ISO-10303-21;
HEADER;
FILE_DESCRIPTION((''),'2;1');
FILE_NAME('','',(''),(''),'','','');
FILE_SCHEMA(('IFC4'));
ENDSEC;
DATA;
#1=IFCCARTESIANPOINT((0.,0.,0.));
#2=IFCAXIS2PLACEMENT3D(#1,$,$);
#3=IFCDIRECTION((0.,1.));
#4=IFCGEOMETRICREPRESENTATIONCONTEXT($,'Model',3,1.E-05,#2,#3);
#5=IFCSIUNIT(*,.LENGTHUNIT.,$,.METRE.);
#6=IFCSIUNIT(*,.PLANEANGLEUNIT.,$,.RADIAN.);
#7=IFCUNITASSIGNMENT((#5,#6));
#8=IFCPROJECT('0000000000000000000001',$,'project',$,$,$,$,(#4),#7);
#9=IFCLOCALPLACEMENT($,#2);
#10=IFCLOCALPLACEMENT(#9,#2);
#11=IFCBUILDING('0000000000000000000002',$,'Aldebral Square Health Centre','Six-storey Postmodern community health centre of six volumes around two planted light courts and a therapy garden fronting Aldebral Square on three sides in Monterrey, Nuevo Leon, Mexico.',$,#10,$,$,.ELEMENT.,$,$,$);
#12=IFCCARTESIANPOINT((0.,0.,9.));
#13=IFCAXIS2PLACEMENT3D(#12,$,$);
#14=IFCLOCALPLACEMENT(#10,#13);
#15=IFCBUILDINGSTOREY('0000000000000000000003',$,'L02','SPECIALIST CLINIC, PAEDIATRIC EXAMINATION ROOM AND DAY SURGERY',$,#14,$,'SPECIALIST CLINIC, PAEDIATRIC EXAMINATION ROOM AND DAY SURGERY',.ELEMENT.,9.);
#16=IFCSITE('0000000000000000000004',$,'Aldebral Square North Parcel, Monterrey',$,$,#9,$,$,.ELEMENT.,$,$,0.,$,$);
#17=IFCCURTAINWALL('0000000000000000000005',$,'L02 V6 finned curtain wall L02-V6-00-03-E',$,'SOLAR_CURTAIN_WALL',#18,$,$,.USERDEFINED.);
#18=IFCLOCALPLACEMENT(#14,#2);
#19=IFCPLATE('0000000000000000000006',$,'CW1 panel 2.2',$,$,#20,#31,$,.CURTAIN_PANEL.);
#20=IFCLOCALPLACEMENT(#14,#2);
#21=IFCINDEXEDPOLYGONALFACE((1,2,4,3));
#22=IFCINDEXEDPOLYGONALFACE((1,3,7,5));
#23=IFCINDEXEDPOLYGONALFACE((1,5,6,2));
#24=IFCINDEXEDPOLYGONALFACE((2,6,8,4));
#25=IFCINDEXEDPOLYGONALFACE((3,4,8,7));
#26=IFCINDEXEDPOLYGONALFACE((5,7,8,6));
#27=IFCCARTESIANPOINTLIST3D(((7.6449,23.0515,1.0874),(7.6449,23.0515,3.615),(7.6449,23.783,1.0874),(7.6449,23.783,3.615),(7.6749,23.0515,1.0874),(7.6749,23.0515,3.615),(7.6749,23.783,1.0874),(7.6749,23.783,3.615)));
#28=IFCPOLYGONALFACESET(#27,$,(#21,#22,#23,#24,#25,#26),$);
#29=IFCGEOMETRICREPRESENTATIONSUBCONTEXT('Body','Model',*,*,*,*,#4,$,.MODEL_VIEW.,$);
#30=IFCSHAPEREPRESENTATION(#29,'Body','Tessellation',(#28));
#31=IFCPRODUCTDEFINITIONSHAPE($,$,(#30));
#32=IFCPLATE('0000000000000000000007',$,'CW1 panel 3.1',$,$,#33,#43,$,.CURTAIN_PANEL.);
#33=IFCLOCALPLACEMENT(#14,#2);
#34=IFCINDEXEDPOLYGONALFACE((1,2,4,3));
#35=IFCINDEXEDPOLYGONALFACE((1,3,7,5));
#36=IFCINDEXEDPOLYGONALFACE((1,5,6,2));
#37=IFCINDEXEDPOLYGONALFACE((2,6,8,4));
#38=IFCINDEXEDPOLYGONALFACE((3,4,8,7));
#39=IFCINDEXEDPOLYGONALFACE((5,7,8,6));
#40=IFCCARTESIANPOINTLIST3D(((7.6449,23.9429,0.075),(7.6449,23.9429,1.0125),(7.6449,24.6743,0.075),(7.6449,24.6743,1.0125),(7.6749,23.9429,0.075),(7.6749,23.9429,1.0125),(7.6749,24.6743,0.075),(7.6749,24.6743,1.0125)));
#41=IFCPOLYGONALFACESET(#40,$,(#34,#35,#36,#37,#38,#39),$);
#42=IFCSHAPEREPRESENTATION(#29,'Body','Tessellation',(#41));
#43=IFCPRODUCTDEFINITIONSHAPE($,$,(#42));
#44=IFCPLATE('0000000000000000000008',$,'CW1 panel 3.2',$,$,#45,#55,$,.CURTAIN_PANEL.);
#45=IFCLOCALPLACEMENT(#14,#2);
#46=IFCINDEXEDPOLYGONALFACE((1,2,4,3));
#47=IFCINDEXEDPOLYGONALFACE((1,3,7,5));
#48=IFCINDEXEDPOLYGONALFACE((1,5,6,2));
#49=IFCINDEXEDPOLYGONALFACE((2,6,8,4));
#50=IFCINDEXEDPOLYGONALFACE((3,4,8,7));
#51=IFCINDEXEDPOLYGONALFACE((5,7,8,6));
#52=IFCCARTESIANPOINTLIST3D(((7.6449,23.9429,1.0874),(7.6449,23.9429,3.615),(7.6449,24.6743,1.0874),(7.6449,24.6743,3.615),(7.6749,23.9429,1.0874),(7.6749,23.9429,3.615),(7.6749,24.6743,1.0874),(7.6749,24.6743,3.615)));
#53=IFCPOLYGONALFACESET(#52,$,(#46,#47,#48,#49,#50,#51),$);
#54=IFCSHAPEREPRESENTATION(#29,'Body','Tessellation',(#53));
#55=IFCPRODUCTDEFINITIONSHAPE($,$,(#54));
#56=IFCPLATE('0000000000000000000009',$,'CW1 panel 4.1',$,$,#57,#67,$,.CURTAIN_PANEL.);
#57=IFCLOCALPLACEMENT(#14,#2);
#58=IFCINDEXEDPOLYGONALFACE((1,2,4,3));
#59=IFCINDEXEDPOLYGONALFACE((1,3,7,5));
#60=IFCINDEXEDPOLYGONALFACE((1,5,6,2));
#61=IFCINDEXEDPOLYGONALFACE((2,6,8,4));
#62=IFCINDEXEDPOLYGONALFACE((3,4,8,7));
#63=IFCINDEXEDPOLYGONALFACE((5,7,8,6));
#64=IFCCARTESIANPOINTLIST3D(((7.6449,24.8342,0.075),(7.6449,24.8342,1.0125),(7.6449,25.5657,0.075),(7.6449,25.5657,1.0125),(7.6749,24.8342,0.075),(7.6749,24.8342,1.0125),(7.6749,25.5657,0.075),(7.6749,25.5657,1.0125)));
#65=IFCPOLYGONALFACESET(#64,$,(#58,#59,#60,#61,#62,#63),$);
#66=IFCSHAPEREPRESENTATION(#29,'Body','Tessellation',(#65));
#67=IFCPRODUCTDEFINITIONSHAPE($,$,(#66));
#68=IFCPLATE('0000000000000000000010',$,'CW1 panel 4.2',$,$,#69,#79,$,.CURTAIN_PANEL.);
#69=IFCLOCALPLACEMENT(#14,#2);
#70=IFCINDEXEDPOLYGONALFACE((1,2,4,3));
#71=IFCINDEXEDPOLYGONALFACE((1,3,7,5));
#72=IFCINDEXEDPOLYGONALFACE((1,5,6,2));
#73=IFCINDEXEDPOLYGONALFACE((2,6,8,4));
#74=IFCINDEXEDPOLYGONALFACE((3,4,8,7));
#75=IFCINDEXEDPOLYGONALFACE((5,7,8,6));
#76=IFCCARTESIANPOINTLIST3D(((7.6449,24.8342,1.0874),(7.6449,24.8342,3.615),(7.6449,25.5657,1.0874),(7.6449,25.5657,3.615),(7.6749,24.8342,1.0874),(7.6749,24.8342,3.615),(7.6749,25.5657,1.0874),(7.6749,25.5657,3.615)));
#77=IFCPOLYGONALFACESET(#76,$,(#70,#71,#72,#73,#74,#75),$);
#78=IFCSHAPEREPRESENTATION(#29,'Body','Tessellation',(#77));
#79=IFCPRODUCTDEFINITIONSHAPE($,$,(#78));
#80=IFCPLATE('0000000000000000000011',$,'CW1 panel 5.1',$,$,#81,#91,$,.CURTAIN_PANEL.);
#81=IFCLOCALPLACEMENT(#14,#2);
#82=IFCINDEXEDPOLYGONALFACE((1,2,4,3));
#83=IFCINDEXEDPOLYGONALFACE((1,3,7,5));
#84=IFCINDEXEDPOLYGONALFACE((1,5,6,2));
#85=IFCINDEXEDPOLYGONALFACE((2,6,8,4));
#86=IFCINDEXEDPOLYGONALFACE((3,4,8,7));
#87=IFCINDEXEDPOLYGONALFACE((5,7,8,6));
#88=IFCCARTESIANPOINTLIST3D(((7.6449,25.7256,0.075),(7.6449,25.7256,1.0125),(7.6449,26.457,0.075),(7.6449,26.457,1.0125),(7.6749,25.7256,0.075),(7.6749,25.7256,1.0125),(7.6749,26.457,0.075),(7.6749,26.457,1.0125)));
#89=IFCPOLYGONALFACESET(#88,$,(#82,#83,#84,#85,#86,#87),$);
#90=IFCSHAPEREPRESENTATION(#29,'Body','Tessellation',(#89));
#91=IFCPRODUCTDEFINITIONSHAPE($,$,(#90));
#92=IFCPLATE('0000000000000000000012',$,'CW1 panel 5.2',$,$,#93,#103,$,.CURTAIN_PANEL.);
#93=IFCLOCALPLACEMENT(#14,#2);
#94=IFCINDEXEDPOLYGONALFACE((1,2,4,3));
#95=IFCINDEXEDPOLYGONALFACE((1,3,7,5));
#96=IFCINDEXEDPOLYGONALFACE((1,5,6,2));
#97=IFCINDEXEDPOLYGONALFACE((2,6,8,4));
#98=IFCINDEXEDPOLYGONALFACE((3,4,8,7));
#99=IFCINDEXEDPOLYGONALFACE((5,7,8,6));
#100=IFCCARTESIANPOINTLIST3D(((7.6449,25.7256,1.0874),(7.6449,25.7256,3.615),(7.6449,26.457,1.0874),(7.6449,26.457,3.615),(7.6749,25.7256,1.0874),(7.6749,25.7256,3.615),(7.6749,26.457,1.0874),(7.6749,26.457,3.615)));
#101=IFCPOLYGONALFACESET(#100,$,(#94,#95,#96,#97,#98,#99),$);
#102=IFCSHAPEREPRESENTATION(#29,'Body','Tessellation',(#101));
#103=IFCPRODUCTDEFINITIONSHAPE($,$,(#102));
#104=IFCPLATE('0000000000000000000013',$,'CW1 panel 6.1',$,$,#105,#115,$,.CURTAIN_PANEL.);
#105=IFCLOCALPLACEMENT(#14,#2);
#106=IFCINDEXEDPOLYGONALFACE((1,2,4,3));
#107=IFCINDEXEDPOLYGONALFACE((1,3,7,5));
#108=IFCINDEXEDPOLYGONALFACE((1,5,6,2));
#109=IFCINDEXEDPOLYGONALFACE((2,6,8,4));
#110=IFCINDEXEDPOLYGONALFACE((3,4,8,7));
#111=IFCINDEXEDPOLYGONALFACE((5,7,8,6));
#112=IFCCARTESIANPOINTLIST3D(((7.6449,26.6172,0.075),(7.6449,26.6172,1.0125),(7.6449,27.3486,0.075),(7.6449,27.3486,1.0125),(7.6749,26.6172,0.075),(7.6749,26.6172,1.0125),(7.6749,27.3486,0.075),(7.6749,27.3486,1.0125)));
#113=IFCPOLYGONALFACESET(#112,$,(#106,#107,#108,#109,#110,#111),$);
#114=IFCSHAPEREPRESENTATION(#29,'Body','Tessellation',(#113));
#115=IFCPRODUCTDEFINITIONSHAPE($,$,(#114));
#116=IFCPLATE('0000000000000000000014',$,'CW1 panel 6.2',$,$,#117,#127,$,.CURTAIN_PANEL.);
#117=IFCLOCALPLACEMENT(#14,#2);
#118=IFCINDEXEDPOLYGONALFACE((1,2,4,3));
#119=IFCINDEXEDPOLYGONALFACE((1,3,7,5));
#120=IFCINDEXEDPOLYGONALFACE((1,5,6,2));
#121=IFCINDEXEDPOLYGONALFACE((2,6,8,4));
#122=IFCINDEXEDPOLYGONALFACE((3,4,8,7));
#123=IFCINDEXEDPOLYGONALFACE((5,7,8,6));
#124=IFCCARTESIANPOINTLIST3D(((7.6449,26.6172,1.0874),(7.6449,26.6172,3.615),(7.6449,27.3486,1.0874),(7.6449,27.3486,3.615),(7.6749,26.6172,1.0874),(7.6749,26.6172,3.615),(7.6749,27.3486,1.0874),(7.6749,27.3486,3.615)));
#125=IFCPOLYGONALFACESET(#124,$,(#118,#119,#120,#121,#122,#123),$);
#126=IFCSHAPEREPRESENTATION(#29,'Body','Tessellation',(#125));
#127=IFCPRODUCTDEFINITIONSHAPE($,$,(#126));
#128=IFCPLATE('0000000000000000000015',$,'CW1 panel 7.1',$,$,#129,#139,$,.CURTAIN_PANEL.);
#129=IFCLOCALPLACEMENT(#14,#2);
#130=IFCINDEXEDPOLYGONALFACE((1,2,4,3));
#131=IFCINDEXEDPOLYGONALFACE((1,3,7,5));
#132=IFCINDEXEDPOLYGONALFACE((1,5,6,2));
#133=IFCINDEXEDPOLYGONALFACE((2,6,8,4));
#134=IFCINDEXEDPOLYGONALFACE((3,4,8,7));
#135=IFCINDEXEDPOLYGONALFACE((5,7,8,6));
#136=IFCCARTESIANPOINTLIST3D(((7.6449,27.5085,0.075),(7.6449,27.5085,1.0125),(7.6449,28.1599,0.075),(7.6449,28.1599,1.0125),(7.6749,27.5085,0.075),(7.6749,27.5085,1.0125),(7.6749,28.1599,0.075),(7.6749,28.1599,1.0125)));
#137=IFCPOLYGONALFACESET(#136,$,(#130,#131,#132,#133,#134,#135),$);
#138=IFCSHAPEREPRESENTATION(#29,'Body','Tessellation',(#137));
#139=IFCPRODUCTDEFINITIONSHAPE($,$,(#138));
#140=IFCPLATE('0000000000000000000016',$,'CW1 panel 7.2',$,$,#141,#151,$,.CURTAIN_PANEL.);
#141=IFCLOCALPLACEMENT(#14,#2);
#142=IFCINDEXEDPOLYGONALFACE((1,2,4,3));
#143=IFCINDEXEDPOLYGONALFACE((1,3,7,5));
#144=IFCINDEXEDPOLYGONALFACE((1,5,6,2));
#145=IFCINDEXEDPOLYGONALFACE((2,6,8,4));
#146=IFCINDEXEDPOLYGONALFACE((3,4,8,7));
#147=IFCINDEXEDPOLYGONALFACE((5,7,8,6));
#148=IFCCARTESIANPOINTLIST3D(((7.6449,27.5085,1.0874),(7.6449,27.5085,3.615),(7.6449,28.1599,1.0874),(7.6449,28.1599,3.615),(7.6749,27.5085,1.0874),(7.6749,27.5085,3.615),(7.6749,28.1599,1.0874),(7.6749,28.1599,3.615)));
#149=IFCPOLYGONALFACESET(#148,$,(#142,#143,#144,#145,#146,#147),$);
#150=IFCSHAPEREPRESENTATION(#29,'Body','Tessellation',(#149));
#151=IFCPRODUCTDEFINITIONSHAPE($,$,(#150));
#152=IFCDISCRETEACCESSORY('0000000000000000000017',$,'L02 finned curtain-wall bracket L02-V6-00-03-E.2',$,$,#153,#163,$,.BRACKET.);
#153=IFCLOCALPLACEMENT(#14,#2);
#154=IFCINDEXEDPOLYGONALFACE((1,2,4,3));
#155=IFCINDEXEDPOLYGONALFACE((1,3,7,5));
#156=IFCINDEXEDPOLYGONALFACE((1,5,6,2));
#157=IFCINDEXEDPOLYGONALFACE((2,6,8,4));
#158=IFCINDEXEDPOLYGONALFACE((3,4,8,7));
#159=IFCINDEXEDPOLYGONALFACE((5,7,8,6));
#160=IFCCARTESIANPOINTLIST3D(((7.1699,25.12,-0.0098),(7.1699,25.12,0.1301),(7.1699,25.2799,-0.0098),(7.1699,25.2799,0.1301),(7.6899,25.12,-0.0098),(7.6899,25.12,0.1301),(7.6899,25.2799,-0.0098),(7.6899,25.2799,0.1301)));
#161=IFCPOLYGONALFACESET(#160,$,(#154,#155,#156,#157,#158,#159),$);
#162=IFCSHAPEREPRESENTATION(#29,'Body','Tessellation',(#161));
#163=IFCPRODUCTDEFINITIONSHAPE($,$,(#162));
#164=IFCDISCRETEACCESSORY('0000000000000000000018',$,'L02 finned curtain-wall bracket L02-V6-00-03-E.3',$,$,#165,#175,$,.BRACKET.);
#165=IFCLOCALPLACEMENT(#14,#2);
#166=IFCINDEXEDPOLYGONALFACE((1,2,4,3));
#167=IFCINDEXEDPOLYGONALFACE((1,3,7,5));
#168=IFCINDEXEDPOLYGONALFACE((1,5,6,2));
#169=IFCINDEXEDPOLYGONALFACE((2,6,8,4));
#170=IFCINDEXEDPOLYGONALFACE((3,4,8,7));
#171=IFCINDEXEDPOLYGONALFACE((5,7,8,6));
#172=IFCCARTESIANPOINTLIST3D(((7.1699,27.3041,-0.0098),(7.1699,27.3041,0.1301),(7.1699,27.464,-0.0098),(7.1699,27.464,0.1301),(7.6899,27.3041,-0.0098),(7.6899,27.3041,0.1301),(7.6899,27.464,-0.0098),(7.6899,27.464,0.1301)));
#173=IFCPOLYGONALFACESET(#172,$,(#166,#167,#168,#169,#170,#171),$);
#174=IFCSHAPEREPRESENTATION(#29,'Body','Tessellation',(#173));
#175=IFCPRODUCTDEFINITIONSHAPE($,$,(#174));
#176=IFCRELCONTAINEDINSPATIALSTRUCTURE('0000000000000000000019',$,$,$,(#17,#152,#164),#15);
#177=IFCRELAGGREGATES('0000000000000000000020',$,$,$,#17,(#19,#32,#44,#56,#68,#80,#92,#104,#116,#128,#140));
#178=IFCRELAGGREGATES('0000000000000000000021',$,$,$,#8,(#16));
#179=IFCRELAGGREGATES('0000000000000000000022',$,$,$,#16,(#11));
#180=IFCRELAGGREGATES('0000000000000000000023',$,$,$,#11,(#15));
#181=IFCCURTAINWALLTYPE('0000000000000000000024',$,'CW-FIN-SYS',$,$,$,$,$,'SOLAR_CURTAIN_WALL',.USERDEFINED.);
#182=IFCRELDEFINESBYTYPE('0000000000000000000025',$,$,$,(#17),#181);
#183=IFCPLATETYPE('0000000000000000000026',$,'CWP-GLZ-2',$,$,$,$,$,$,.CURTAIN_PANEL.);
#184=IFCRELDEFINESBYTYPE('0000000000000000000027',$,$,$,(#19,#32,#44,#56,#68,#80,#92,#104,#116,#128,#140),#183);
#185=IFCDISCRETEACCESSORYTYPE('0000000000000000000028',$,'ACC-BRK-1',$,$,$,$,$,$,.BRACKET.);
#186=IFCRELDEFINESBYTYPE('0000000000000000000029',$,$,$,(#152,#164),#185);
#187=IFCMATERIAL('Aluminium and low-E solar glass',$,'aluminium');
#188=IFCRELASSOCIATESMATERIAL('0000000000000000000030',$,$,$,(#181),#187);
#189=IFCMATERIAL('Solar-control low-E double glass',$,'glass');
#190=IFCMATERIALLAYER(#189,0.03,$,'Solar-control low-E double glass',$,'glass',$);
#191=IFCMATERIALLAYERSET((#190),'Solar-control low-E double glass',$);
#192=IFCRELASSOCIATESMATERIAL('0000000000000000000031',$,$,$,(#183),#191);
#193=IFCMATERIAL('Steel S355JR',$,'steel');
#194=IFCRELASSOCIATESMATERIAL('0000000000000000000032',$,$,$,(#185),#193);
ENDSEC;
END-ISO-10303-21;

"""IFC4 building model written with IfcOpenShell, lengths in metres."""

from ifc_helpers import new_model, si_unit, direction, frame, origin, origin_2d, place, context, subcontext, project, spatial, rectangle, extrude, material, layer, layer_set, type_object, element, aggregate, save


model = new_model("IFC4")

# Units and contexts
model_context = context("Model", 3, precision=1e-05, world=origin(), true_north=direction((0.0, 1.0)))
body_context = subcontext(model_context, "Body", "Model", "MODEL_VIEW")
ifc_project = project(units=[si_unit("LENGTHUNIT", "METRE"), si_unit("PLANEANGLEUNIT", "RADIAN")], contexts=[model_context])

# Site, building, storey
site_placement = place(None, origin())
site = spatial("IfcSite", under=ifc_project, at=site_placement, Name="Aldebral Square North Parcel, Monterrey", CompositionType="ELEMENT", RefElevation=0.0)
building_placement = place(site_placement, origin())
building = spatial("IfcBuilding", under=site, at=building_placement, Name="Aldebral Square Health Centre", Description="Six-storey Postmodern community health centre of six volumes around two planted light courts and a therapy garden fronting Aldebral Square on three sides in Monterrey, Nuevo Leon, Mexico.", CompositionType="ELEMENT")
storey_placement = place(building_placement, frame((0.0, 0.0, 9.0)))
storey = spatial("IfcBuildingStorey", under=building, at=storey_placement, Name="L02", Description="SPECIALIST CLINIC, PAEDIATRIC EXAMINATION ROOM AND DAY SURGERY", LongName="SPECIALIST CLINIC, PAEDIATRIC EXAMINATION ROOM AND DAY SURGERY", CompositionType="ELEMENT", Elevation=9.0)

# Curtain wall, plates
ifc_material_1 = material(Name="Aluminium and low-E solar glass", Category="aluminium")
curtain_wall_type = type_object("IfcCurtainWallType", Name="CW-FIN-SYS", ElementType="SOLAR_CURTAIN_WALL", PredefinedType="USERDEFINED", material=ifc_material_1)
curtain_wall_placement = place(storey_placement, origin())
curtain_wall = element("IfcCurtainWall", 1, at=curtain_wall_placement, inside=storey, type_object=curtain_wall_type, Name="L02 V6 finned curtain wall L02-V6-00-03-E", ObjectType="SOLAR_CURTAIN_WALL", PredefinedType="USERDEFINED")
ifc_material_2 = material(Name="Solar-control low-E double glass", Category="glass")
ifc_layer = layer(ifc_material_2, 0.03, Name="Solar-control low-E double glass", Category="glass")
ifc_layer_set = layer_set([ifc_layer], Name="Solar-control low-E double glass")
plate_type = type_object("IfcPlateType", Name="CWP-GLZ-2", PredefinedType="CURTAIN_PANEL", material=ifc_layer_set)
plate_1_placement = place(storey_placement, frame((7.6599, 23.4172, 1.0874), z_axis=(0.0, 0.0, 1.0), x_axis=(0.0, 1.0, 0.0)))
plate_1 = element("IfcPlate", 2, at=plate_1_placement, type_object=plate_type, Name="CW1 panel 2.2", PredefinedType="CURTAIN_PANEL", context=body_context, shape_type="SweptSolid", body=[
    extrude(rectangle(XDim=0.7314, YDim=0.03, at=origin_2d()), origin(), (0.0, 0.0, 1.0), 2.5276),
])
plate_2_placement = place(storey_placement, frame((7.6599, 24.3086, 0.075), z_axis=(0.0, 0.0, 1.0), x_axis=(0.0, 1.0, 0.0)))
plate_2 = element("IfcPlate", 3, at=plate_2_placement, type_object=plate_type, Name="CW1 panel 3.1", PredefinedType="CURTAIN_PANEL", context=body_context, shape_type="SweptSolid", body=[
    extrude(rectangle(XDim=0.7314, YDim=0.03, at=origin_2d()), origin(), (0.0, 0.0, 1.0), 0.9375),
])
plate_3_placement = place(storey_placement, frame((7.6599, 24.3086, 1.0874), z_axis=(0.0, 0.0, 1.0), x_axis=(0.0, 1.0, 0.0)))
plate_3 = element("IfcPlate", 4, at=plate_3_placement, type_object=plate_type, Name="CW1 panel 3.2", PredefinedType="CURTAIN_PANEL", context=body_context, shape_type="SweptSolid", body=[
    extrude(rectangle(XDim=0.7314, YDim=0.03, at=origin_2d()), origin(), (0.0, 0.0, 1.0), 2.5276),
])
plate_4_placement = place(storey_placement, frame((7.6599, 25.2, 0.075), z_axis=(0.0, 0.0, 1.0), x_axis=(0.0, 1.0, 0.0)))
plate_4 = element("IfcPlate", 5, at=plate_4_placement, type_object=plate_type, Name="CW1 panel 4.1", PredefinedType="CURTAIN_PANEL", context=body_context, shape_type="SweptSolid", body=[
    extrude(rectangle(XDim=0.7314, YDim=0.03, at=origin_2d()), origin(), (0.0, 0.0, 1.0), 0.9375),
])
plate_5_placement = place(storey_placement, frame((7.6599, 25.2, 1.0874), z_axis=(0.0, 0.0, 1.0), x_axis=(0.0, 1.0, 0.0)))
plate_5 = element("IfcPlate", 6, at=plate_5_placement, type_object=plate_type, Name="CW1 panel 4.2", PredefinedType="CURTAIN_PANEL", context=body_context, shape_type="SweptSolid", body=[
    extrude(rectangle(XDim=0.7314, YDim=0.03, at=origin_2d()), origin(), (0.0, 0.0, 1.0), 2.5276),
])
plate_6_placement = place(storey_placement, frame((7.6599, 26.0913, 0.075), z_axis=(0.0, 0.0, 1.0), x_axis=(0.0, 1.0, 0.0)))
plate_6 = element("IfcPlate", 7, at=plate_6_placement, type_object=plate_type, Name="CW1 panel 5.1", PredefinedType="CURTAIN_PANEL", context=body_context, shape_type="SweptSolid", body=[
    extrude(rectangle(XDim=0.7314, YDim=0.03, at=origin_2d()), origin(), (0.0, 0.0, 1.0), 0.9375),
])
plate_7_placement = place(storey_placement, frame((7.6599, 26.0913, 1.0874), z_axis=(0.0, 0.0, 1.0), x_axis=(0.0, 1.0, 0.0)))
plate_7 = element("IfcPlate", 8, at=plate_7_placement, type_object=plate_type, Name="CW1 panel 5.2", PredefinedType="CURTAIN_PANEL", context=body_context, shape_type="SweptSolid", body=[
    extrude(rectangle(XDim=0.7314, YDim=0.03, at=origin_2d()), origin(), (0.0, 0.0, 1.0), 2.5276),
])
plate_8_placement = place(storey_placement, frame((7.6599, 26.9829, 0.075), z_axis=(0.0, 0.0, 1.0), x_axis=(0.0, 1.0, 0.0)))
plate_8 = element("IfcPlate", 9, at=plate_8_placement, type_object=plate_type, Name="CW1 panel 6.1", PredefinedType="CURTAIN_PANEL", context=body_context, shape_type="SweptSolid", body=[
    extrude(rectangle(XDim=0.7314, YDim=0.03, at=origin_2d()), origin(), (0.0, 0.0, 1.0), 0.9375),
])
plate_9_placement = place(storey_placement, frame((7.6599, 26.9829, 1.0874), z_axis=(0.0, 0.0, 1.0), x_axis=(0.0, 1.0, 0.0)))
plate_9 = element("IfcPlate", 10, at=plate_9_placement, type_object=plate_type, Name="CW1 panel 6.2", PredefinedType="CURTAIN_PANEL", context=body_context, shape_type="SweptSolid", body=[
    extrude(rectangle(XDim=0.7314, YDim=0.03, at=origin_2d()), origin(), (0.0, 0.0, 1.0), 2.5276),
])
plate_10_placement = place(storey_placement, frame((7.6599, 27.8342, 0.075), z_axis=(0.0, 0.0, 1.0), x_axis=(0.0, 1.0, 0.0)))
plate_10 = element("IfcPlate", 11, at=plate_10_placement, type_object=plate_type, Name="CW1 panel 7.1", PredefinedType="CURTAIN_PANEL", context=body_context, shape_type="SweptSolid", body=[
    extrude(rectangle(XDim=0.6514, YDim=0.03, at=origin_2d()), origin(), (0.0, 0.0, 1.0), 0.9375),
])
plate_11_placement = place(storey_placement, frame((7.6599, 27.8342, 1.0874), z_axis=(0.0, 0.0, 1.0), x_axis=(0.0, 1.0, 0.0)))
plate_11 = element("IfcPlate", 12, at=plate_11_placement, type_object=plate_type, Name="CW1 panel 7.2", PredefinedType="CURTAIN_PANEL", context=body_context, shape_type="SweptSolid", body=[
    extrude(rectangle(XDim=0.6514, YDim=0.03, at=origin_2d()), origin(), (0.0, 0.0, 1.0), 2.5276),
])
aggregate(curtain_wall, [plate_1, plate_2, plate_3, plate_4, plate_5, plate_6, plate_7, plate_8, plate_9, plate_10, plate_11])

# Discrete accessories
ifc_material_3 = material(Name="Steel S355JR", Category="steel")
discrete_accessory_type = type_object("IfcDiscreteAccessoryType", Name="ACC-BRK-1", PredefinedType="BRACKET", material=ifc_material_3)
for number, where, z_axis, x_axis, name in (
    (13, (7.4299, 25.2, -0.0098), (0.0, 0.0, 1.0), (0.0, 1.0, 0.0), "L02 finned curtain-wall bracket L02-V6-00-03-E.2"),
    (14, (7.4299, 27.384, -0.0098), (0.0, 0.0, 1.0), (0.0, 1.0, 0.0), "L02 finned curtain-wall bracket L02-V6-00-03-E.3"),
):
    element("IfcDiscreteAccessory", number, at=place(storey_placement, frame(where, z_axis=z_axis, x_axis=x_axis)), inside=storey, type_object=discrete_accessory_type, Name=name, PredefinedType="BRACKET", context=body_context, shape_type="SweptSolid", body=[
        extrude(rectangle(XDim=0.1599, YDim=0.52, at=origin_2d()), origin(), (0.0, 0.0, 1.0), 0.1399),
    ])

save(model, "model.ifc")
